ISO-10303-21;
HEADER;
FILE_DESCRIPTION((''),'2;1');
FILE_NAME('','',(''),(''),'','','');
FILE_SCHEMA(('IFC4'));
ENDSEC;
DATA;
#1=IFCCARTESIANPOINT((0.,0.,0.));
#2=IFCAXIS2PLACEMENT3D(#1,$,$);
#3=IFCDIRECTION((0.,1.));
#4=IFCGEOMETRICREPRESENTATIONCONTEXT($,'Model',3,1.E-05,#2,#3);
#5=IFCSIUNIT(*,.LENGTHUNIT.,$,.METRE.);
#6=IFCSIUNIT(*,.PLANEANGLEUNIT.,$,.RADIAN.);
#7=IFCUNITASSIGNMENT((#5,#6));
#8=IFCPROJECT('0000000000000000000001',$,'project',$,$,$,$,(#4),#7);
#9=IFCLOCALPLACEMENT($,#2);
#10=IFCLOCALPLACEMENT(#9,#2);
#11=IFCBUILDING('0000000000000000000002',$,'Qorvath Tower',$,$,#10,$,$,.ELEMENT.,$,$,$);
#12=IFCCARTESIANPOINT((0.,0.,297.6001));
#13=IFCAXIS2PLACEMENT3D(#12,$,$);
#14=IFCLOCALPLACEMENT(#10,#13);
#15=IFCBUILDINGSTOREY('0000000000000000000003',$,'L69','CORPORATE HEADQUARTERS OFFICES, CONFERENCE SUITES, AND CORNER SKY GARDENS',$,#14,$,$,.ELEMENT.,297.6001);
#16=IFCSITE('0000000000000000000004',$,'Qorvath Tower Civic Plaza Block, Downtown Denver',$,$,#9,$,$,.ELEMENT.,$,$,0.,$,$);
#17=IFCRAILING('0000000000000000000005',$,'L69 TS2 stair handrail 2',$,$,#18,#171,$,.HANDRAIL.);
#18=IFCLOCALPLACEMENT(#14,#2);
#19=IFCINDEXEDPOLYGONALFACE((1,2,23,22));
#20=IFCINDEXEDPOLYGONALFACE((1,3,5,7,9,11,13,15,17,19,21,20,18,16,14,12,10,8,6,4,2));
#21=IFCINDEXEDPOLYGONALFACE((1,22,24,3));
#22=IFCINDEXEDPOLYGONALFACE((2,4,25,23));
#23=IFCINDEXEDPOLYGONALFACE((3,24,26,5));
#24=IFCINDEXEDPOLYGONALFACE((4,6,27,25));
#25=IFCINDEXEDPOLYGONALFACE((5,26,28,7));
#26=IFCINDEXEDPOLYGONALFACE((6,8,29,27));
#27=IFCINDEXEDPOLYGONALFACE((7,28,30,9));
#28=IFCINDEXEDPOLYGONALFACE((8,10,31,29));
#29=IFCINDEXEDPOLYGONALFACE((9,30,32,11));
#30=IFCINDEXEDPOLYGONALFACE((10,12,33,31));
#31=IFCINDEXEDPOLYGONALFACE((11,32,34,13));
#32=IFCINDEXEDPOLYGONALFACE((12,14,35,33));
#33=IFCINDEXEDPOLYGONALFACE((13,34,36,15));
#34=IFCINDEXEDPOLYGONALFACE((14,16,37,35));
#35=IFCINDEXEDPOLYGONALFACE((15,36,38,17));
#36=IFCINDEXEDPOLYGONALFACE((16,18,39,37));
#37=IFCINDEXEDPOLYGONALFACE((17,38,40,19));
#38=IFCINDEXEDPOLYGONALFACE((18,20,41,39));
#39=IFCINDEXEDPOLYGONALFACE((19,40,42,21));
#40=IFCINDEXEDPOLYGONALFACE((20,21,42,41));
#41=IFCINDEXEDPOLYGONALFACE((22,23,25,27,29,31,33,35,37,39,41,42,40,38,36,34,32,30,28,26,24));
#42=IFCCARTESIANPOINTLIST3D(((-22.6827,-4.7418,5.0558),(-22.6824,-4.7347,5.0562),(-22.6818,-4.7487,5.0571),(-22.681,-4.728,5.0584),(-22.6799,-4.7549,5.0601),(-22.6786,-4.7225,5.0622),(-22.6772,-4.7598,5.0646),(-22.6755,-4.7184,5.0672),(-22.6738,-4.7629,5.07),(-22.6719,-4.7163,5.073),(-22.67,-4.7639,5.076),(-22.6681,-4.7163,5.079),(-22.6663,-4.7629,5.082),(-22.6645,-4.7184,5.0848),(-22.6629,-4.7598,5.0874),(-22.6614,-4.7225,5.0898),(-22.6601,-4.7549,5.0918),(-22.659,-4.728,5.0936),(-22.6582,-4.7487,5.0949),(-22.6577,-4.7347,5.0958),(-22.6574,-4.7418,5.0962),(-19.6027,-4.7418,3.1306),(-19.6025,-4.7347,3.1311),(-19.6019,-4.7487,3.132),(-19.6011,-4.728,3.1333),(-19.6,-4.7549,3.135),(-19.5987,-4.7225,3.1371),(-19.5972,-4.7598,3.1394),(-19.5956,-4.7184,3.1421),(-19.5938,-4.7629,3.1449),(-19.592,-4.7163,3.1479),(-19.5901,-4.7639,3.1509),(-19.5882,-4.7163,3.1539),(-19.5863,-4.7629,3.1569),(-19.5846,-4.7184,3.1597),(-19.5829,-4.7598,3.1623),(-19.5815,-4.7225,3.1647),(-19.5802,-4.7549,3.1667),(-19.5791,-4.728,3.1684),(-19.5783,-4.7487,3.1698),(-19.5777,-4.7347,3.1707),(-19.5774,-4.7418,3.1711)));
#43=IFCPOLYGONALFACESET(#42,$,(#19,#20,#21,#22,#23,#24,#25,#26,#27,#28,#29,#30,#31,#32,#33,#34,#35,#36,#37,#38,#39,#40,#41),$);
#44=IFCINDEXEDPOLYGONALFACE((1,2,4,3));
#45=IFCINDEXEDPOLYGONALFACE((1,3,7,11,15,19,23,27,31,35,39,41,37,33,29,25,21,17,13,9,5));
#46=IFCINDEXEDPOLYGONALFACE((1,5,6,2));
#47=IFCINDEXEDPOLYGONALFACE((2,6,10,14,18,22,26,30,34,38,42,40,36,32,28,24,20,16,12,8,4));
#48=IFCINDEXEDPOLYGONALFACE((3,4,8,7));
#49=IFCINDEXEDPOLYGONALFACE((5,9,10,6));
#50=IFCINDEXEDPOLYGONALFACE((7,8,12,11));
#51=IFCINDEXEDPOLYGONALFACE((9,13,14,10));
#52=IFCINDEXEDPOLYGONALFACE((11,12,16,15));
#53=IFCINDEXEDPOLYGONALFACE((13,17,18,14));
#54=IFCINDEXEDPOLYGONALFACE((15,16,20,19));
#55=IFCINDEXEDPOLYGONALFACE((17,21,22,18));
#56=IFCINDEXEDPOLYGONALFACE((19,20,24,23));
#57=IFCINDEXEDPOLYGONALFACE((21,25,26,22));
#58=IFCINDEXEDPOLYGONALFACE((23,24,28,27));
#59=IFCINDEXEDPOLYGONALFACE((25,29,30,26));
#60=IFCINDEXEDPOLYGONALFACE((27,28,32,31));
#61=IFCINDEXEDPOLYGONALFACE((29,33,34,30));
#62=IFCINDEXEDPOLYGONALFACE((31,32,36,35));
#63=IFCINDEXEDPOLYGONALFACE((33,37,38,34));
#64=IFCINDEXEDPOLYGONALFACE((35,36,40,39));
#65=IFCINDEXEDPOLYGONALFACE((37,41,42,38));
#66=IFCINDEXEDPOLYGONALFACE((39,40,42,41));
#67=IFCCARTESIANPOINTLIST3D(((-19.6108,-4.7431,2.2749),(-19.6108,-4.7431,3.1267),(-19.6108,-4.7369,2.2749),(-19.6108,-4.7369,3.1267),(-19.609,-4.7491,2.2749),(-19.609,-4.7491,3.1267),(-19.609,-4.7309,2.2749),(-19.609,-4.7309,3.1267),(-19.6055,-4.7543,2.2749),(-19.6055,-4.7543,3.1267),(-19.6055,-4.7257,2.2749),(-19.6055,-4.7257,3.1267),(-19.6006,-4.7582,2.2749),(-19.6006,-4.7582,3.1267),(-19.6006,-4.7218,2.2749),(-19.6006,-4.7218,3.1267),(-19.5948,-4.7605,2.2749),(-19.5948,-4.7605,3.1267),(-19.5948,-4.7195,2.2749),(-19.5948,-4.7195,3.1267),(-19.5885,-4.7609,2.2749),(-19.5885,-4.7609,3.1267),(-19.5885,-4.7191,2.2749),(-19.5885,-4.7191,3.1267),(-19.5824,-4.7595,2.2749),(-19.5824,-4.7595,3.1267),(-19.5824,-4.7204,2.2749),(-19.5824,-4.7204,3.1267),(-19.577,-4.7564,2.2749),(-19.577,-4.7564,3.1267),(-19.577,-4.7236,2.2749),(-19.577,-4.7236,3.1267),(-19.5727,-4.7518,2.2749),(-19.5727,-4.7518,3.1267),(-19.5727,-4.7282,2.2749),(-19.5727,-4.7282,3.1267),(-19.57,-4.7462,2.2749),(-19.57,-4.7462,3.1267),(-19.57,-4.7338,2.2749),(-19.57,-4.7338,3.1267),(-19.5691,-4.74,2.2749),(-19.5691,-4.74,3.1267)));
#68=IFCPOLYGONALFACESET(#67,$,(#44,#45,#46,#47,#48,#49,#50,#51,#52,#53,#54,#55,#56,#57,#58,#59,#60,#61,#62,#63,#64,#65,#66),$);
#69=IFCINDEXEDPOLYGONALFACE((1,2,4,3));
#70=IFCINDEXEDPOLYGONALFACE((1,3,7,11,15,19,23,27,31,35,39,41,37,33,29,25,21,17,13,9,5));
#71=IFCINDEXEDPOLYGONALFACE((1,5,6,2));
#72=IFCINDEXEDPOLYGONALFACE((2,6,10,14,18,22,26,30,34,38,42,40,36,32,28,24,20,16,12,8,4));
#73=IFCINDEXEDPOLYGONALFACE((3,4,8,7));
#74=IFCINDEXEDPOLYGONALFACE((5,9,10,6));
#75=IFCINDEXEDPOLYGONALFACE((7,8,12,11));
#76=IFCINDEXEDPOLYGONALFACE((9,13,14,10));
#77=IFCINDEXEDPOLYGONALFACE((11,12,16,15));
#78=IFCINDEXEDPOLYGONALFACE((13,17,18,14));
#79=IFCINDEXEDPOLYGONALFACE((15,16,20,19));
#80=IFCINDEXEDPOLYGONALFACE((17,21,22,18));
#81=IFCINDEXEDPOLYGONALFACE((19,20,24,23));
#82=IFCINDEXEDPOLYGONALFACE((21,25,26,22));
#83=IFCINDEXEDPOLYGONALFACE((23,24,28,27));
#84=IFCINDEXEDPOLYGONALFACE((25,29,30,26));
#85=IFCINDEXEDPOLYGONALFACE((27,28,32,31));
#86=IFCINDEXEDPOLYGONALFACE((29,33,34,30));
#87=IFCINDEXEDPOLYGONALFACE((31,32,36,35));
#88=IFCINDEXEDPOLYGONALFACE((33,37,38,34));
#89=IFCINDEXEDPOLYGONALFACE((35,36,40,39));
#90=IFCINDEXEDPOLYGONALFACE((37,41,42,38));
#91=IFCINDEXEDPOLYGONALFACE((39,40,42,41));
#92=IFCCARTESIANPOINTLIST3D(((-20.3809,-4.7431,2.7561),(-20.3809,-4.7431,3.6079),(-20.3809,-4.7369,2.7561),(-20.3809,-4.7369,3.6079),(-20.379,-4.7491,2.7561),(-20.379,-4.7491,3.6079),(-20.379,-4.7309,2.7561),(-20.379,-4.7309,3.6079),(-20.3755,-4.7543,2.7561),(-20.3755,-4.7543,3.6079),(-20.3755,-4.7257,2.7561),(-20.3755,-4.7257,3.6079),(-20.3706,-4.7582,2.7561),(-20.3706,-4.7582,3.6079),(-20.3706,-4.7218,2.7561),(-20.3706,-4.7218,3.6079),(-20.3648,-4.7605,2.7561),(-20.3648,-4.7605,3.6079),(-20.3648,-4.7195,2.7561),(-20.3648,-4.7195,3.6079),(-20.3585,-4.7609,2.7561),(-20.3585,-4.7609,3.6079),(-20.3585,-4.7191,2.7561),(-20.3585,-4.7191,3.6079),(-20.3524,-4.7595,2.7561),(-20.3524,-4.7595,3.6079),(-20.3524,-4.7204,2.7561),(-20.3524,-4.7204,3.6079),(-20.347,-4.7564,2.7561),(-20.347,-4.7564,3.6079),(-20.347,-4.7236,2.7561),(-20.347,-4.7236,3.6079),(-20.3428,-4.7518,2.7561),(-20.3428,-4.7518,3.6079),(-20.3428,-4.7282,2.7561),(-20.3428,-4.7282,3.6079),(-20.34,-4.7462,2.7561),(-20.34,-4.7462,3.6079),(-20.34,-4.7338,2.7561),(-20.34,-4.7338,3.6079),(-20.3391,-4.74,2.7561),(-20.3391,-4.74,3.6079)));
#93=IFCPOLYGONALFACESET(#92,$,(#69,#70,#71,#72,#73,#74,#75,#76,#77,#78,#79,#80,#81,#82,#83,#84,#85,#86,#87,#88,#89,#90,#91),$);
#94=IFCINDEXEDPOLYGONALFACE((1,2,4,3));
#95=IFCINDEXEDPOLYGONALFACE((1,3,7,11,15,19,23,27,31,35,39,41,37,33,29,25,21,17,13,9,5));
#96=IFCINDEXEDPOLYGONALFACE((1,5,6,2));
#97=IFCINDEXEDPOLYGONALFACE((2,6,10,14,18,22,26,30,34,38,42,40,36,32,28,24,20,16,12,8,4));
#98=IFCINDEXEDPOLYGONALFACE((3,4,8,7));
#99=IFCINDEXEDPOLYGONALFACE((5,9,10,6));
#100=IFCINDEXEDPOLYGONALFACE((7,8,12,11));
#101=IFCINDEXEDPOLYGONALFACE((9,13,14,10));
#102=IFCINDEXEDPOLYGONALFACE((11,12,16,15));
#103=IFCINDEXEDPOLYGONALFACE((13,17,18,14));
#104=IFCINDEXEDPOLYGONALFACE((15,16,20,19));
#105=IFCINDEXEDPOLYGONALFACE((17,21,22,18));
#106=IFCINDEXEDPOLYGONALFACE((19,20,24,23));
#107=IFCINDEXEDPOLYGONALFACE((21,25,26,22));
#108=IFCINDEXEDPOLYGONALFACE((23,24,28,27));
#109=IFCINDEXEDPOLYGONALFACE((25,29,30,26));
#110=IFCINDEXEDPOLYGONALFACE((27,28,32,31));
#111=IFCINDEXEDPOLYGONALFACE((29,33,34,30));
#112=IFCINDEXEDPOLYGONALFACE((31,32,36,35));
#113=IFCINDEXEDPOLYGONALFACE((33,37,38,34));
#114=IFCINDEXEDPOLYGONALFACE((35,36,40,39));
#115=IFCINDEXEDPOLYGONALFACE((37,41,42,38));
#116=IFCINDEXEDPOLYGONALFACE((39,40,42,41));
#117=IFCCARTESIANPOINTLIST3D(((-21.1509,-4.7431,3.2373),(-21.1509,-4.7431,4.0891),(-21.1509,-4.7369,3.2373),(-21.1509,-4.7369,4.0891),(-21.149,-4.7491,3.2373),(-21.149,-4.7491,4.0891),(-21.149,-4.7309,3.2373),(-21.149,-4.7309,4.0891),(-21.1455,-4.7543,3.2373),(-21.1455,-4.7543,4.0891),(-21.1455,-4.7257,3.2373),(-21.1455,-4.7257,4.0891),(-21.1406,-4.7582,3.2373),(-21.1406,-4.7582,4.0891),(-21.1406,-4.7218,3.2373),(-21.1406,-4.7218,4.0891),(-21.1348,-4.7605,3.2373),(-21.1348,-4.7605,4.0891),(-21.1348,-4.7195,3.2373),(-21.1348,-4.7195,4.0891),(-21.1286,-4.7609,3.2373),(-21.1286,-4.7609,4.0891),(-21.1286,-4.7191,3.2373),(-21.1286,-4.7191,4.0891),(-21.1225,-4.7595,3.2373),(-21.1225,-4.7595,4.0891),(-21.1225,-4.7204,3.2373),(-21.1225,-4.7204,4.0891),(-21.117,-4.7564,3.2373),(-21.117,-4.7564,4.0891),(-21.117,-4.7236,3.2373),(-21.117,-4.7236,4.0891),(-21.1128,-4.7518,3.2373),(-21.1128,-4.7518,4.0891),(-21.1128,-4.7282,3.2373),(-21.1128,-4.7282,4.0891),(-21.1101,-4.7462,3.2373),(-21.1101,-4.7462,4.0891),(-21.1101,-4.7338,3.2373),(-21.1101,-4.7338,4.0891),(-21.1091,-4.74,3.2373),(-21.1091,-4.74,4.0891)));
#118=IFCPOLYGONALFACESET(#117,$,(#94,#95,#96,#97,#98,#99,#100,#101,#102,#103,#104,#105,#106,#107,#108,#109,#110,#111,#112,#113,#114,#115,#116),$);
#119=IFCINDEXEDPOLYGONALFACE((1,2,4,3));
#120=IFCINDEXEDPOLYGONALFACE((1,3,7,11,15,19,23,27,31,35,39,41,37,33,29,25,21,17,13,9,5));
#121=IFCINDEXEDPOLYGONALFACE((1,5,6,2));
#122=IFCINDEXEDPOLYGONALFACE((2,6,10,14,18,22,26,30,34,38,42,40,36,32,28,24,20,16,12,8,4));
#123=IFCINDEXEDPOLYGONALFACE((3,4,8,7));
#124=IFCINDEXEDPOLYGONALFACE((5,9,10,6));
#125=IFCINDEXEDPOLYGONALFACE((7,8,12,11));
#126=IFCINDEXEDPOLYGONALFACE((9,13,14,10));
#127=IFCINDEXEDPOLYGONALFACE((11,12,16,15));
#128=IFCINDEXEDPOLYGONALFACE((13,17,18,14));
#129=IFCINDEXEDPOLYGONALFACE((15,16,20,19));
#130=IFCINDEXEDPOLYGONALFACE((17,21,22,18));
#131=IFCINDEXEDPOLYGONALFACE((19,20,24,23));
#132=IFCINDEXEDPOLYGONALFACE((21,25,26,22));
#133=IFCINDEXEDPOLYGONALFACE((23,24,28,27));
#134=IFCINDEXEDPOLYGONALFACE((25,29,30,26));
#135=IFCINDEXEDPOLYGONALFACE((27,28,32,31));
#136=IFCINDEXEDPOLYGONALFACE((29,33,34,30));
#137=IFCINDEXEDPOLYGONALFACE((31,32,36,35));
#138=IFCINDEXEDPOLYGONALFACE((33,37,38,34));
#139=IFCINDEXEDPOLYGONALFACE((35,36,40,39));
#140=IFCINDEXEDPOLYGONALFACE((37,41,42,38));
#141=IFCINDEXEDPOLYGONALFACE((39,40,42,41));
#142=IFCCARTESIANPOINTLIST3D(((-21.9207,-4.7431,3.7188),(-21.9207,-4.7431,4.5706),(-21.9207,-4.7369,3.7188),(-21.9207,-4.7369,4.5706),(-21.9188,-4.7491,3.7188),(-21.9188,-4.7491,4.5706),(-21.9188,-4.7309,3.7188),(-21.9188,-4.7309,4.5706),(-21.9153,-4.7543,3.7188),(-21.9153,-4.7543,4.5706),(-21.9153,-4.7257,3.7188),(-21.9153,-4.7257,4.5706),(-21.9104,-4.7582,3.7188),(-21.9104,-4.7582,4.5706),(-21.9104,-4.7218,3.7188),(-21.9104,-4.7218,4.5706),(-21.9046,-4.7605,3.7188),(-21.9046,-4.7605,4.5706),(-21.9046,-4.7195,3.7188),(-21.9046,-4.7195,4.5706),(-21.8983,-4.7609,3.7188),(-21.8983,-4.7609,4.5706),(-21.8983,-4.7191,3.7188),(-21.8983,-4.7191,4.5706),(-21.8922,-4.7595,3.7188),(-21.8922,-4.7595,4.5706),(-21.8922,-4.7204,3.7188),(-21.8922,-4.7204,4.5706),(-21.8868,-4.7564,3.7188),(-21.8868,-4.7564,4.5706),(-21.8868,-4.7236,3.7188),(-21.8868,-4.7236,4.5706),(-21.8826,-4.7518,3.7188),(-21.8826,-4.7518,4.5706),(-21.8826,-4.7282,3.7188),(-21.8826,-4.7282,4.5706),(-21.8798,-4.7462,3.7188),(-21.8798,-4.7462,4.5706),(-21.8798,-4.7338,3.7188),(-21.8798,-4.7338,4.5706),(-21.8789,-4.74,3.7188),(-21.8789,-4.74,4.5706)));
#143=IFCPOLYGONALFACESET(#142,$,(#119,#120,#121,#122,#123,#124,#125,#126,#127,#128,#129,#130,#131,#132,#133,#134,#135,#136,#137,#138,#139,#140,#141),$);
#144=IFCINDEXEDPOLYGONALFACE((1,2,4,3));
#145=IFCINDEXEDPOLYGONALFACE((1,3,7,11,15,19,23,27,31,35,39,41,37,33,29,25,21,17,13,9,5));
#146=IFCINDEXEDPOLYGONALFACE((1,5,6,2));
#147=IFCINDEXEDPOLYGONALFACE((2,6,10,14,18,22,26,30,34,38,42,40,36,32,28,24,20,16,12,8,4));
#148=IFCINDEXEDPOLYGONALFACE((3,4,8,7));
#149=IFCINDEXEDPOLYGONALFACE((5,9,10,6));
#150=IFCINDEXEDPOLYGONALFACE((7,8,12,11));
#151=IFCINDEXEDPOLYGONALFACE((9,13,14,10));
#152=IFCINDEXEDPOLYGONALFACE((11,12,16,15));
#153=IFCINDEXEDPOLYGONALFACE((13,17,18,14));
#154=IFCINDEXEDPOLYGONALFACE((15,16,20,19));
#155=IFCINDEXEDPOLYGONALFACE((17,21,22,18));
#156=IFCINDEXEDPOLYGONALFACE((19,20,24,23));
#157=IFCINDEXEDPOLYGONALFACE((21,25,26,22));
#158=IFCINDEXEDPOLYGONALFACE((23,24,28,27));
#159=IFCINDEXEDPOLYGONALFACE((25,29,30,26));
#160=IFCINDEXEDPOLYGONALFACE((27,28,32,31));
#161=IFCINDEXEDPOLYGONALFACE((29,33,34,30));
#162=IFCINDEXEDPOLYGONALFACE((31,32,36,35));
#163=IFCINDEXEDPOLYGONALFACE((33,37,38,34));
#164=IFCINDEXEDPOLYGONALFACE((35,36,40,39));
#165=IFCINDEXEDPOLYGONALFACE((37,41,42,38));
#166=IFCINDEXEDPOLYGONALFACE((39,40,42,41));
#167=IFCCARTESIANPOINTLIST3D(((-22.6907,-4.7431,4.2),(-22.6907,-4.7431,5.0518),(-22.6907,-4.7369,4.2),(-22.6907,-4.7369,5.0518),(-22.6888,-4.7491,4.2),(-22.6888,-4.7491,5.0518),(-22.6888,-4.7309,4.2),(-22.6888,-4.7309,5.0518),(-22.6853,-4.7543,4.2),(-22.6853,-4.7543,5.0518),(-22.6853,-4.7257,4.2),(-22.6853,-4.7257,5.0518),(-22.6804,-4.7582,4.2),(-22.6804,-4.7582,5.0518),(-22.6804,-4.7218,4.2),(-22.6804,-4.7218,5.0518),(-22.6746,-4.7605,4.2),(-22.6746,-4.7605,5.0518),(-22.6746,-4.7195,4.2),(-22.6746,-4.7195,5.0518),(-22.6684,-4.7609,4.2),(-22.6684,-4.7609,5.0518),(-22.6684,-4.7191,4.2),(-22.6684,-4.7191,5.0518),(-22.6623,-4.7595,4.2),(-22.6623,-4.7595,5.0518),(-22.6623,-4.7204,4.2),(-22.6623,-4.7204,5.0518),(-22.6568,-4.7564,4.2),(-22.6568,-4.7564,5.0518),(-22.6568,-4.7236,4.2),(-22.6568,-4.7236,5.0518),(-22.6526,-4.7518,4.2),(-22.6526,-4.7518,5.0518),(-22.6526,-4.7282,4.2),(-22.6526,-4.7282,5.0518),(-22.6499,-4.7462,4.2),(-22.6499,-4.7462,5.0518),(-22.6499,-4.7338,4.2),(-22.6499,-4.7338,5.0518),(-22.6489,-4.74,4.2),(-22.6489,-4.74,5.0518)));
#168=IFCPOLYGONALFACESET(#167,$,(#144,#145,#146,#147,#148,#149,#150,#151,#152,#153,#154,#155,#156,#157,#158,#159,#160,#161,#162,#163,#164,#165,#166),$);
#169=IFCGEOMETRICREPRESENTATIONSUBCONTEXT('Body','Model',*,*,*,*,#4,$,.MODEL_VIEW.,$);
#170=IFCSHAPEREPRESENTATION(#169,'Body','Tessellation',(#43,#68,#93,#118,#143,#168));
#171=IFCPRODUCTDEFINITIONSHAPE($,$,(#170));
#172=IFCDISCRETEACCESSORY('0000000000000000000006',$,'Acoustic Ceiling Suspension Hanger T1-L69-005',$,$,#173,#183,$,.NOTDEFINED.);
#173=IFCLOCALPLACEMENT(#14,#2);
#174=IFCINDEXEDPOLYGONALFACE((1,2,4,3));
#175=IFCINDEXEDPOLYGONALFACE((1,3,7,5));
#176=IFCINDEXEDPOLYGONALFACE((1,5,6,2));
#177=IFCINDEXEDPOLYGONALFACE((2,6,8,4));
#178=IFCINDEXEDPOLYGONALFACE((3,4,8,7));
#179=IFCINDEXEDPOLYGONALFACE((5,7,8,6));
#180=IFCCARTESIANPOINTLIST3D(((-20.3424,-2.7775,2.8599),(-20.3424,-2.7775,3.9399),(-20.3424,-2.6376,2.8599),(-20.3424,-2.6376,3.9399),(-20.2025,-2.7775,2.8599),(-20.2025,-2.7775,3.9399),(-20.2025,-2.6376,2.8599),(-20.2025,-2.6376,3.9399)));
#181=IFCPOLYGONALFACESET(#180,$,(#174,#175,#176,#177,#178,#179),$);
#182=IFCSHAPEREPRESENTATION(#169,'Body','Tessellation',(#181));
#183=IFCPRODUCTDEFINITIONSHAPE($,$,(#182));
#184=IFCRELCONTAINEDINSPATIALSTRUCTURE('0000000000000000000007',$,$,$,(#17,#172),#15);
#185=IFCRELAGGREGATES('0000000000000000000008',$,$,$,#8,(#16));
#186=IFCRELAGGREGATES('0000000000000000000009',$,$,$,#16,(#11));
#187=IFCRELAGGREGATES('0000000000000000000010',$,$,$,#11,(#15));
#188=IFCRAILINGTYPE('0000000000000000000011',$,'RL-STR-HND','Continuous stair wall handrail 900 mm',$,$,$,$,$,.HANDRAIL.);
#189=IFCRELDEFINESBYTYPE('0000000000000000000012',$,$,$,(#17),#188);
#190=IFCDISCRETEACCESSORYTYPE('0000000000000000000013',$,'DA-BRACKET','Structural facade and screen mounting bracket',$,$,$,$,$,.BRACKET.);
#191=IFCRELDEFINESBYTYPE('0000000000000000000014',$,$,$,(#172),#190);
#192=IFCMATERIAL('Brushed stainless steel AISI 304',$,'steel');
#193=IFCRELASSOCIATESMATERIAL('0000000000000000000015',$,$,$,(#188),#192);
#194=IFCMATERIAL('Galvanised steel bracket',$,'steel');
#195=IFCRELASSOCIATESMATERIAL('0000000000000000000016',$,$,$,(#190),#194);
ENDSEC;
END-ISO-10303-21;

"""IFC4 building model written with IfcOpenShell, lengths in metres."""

from ifc_helpers import new_model, si_unit, direction, frame, origin, origin_2d, place, context, subcontext, project, spatial, rectangle, circle, extrude, material, type_object, element, save


model = new_model("IFC4")

# Units and contexts
model_context = context("Model", 3, precision=1e-05, world=origin(), true_north=direction((0.0, 1.0)))
body_context = subcontext(model_context, "Body", "Model", "MODEL_VIEW")
ifc_project = project(units=[si_unit("LENGTHUNIT", "METRE"), si_unit("PLANEANGLEUNIT", "RADIAN")], contexts=[model_context])

# Site, building, storey
site_placement = place(None, origin())
site = spatial("IfcSite", under=ifc_project, at=site_placement, Name="Qorvath Tower Civic Plaza Block, Downtown Denver", CompositionType="ELEMENT", RefElevation=0.0)
building_placement = place(site_placement, origin())
building = spatial("IfcBuilding", under=site, at=building_placement, Name="Qorvath Tower", CompositionType="ELEMENT")
storey_placement = place(building_placement, frame((0.0, 0.0, 297.6001)))
storey = spatial("IfcBuildingStorey", under=building, at=storey_placement, Name="L69", Description="CORPORATE HEADQUARTERS OFFICES, CONFERENCE SUITES, AND CORNER SKY GARDENS", CompositionType="ELEMENT", Elevation=297.6001)

# Railing
ifc_material_1 = material(Name="Brushed stainless steel AISI 304", Category="steel")
railing_type_1 = type_object("IfcRailingType", Name="RL-STR-HND", Description="Continuous stair wall handrail 900 mm", PredefinedType="HANDRAIL", material=ifc_material_1)
railing_1_placement = place(storey_placement, frame((-19.5901, -4.74, 2.2749)))
element("IfcRailing", 1, at=railing_1_placement, inside=storey, type_object=railing_type_1, Name="L69 TS2 stair handrail 2", PredefinedType="HANDRAIL", context=body_context, shape_type="SweptSolid", body=[
    extrude(circle(Radius=0.0239, at=origin_2d()), frame((0.0, 0.0, 0.876), z_axis=(-0.847979, 0.0, 0.530029), x_axis=(0.0, -1.0, 0.0)), (0.0, 0.0, 1.0), 3.6321),
    extrude(circle(Radius=0.021, at=origin_2d()), origin(), (0.0, 0.0, 1.0), 0.8518),
    extrude(circle(Radius=0.021, at=origin_2d()), frame((-0.77, 0.0, 0.4812)), (0.0, 0.0, 1.0), 0.8518),
    extrude(circle(Radius=0.021, at=origin_2d()), frame((-1.54, 0.0, 0.9624)), (0.0, 0.0, 1.0), 0.8518),
    extrude(circle(Radius=0.021, at=origin_2d()), frame((-2.3098, 0.0, 1.4438)), (0.0, 0.0, 1.0), 0.8518),
    extrude(circle(Radius=0.021, at=origin_2d()), frame((-3.0798, 0.0, 1.925)), (0.0, 0.0, 1.0), 0.8518),
])

# Discrete accessory
ifc_material_2 = material(Name="Galvanised steel bracket", Category="steel")
discrete_accessory_type = type_object("IfcDiscreteAccessoryType", Name="DA-BRACKET", Description="Structural facade and screen mounting bracket", PredefinedType="BRACKET", material=ifc_material_2)
discrete_accessory_placement = place(storey_placement, frame((-20.2725, -2.7075, 2.8599), z_axis=(0.0, 0.0, 1.0), x_axis=(1.0, 0.0, 0.0)))
element("IfcDiscreteAccessory", 2, at=discrete_accessory_placement, inside=storey, type_object=discrete_accessory_type, Name="Acoustic Ceiling Suspension Hanger T1-L69-005", PredefinedType="NOTDEFINED", context=body_context, shape_type="SweptSolid", body=[
    extrude(rectangle(XDim=0.1399, YDim=0.1399, at=origin_2d()), origin(), (0.0, 0.0, 1.0), 1.0801),
])

save(model, "model.ifc")
